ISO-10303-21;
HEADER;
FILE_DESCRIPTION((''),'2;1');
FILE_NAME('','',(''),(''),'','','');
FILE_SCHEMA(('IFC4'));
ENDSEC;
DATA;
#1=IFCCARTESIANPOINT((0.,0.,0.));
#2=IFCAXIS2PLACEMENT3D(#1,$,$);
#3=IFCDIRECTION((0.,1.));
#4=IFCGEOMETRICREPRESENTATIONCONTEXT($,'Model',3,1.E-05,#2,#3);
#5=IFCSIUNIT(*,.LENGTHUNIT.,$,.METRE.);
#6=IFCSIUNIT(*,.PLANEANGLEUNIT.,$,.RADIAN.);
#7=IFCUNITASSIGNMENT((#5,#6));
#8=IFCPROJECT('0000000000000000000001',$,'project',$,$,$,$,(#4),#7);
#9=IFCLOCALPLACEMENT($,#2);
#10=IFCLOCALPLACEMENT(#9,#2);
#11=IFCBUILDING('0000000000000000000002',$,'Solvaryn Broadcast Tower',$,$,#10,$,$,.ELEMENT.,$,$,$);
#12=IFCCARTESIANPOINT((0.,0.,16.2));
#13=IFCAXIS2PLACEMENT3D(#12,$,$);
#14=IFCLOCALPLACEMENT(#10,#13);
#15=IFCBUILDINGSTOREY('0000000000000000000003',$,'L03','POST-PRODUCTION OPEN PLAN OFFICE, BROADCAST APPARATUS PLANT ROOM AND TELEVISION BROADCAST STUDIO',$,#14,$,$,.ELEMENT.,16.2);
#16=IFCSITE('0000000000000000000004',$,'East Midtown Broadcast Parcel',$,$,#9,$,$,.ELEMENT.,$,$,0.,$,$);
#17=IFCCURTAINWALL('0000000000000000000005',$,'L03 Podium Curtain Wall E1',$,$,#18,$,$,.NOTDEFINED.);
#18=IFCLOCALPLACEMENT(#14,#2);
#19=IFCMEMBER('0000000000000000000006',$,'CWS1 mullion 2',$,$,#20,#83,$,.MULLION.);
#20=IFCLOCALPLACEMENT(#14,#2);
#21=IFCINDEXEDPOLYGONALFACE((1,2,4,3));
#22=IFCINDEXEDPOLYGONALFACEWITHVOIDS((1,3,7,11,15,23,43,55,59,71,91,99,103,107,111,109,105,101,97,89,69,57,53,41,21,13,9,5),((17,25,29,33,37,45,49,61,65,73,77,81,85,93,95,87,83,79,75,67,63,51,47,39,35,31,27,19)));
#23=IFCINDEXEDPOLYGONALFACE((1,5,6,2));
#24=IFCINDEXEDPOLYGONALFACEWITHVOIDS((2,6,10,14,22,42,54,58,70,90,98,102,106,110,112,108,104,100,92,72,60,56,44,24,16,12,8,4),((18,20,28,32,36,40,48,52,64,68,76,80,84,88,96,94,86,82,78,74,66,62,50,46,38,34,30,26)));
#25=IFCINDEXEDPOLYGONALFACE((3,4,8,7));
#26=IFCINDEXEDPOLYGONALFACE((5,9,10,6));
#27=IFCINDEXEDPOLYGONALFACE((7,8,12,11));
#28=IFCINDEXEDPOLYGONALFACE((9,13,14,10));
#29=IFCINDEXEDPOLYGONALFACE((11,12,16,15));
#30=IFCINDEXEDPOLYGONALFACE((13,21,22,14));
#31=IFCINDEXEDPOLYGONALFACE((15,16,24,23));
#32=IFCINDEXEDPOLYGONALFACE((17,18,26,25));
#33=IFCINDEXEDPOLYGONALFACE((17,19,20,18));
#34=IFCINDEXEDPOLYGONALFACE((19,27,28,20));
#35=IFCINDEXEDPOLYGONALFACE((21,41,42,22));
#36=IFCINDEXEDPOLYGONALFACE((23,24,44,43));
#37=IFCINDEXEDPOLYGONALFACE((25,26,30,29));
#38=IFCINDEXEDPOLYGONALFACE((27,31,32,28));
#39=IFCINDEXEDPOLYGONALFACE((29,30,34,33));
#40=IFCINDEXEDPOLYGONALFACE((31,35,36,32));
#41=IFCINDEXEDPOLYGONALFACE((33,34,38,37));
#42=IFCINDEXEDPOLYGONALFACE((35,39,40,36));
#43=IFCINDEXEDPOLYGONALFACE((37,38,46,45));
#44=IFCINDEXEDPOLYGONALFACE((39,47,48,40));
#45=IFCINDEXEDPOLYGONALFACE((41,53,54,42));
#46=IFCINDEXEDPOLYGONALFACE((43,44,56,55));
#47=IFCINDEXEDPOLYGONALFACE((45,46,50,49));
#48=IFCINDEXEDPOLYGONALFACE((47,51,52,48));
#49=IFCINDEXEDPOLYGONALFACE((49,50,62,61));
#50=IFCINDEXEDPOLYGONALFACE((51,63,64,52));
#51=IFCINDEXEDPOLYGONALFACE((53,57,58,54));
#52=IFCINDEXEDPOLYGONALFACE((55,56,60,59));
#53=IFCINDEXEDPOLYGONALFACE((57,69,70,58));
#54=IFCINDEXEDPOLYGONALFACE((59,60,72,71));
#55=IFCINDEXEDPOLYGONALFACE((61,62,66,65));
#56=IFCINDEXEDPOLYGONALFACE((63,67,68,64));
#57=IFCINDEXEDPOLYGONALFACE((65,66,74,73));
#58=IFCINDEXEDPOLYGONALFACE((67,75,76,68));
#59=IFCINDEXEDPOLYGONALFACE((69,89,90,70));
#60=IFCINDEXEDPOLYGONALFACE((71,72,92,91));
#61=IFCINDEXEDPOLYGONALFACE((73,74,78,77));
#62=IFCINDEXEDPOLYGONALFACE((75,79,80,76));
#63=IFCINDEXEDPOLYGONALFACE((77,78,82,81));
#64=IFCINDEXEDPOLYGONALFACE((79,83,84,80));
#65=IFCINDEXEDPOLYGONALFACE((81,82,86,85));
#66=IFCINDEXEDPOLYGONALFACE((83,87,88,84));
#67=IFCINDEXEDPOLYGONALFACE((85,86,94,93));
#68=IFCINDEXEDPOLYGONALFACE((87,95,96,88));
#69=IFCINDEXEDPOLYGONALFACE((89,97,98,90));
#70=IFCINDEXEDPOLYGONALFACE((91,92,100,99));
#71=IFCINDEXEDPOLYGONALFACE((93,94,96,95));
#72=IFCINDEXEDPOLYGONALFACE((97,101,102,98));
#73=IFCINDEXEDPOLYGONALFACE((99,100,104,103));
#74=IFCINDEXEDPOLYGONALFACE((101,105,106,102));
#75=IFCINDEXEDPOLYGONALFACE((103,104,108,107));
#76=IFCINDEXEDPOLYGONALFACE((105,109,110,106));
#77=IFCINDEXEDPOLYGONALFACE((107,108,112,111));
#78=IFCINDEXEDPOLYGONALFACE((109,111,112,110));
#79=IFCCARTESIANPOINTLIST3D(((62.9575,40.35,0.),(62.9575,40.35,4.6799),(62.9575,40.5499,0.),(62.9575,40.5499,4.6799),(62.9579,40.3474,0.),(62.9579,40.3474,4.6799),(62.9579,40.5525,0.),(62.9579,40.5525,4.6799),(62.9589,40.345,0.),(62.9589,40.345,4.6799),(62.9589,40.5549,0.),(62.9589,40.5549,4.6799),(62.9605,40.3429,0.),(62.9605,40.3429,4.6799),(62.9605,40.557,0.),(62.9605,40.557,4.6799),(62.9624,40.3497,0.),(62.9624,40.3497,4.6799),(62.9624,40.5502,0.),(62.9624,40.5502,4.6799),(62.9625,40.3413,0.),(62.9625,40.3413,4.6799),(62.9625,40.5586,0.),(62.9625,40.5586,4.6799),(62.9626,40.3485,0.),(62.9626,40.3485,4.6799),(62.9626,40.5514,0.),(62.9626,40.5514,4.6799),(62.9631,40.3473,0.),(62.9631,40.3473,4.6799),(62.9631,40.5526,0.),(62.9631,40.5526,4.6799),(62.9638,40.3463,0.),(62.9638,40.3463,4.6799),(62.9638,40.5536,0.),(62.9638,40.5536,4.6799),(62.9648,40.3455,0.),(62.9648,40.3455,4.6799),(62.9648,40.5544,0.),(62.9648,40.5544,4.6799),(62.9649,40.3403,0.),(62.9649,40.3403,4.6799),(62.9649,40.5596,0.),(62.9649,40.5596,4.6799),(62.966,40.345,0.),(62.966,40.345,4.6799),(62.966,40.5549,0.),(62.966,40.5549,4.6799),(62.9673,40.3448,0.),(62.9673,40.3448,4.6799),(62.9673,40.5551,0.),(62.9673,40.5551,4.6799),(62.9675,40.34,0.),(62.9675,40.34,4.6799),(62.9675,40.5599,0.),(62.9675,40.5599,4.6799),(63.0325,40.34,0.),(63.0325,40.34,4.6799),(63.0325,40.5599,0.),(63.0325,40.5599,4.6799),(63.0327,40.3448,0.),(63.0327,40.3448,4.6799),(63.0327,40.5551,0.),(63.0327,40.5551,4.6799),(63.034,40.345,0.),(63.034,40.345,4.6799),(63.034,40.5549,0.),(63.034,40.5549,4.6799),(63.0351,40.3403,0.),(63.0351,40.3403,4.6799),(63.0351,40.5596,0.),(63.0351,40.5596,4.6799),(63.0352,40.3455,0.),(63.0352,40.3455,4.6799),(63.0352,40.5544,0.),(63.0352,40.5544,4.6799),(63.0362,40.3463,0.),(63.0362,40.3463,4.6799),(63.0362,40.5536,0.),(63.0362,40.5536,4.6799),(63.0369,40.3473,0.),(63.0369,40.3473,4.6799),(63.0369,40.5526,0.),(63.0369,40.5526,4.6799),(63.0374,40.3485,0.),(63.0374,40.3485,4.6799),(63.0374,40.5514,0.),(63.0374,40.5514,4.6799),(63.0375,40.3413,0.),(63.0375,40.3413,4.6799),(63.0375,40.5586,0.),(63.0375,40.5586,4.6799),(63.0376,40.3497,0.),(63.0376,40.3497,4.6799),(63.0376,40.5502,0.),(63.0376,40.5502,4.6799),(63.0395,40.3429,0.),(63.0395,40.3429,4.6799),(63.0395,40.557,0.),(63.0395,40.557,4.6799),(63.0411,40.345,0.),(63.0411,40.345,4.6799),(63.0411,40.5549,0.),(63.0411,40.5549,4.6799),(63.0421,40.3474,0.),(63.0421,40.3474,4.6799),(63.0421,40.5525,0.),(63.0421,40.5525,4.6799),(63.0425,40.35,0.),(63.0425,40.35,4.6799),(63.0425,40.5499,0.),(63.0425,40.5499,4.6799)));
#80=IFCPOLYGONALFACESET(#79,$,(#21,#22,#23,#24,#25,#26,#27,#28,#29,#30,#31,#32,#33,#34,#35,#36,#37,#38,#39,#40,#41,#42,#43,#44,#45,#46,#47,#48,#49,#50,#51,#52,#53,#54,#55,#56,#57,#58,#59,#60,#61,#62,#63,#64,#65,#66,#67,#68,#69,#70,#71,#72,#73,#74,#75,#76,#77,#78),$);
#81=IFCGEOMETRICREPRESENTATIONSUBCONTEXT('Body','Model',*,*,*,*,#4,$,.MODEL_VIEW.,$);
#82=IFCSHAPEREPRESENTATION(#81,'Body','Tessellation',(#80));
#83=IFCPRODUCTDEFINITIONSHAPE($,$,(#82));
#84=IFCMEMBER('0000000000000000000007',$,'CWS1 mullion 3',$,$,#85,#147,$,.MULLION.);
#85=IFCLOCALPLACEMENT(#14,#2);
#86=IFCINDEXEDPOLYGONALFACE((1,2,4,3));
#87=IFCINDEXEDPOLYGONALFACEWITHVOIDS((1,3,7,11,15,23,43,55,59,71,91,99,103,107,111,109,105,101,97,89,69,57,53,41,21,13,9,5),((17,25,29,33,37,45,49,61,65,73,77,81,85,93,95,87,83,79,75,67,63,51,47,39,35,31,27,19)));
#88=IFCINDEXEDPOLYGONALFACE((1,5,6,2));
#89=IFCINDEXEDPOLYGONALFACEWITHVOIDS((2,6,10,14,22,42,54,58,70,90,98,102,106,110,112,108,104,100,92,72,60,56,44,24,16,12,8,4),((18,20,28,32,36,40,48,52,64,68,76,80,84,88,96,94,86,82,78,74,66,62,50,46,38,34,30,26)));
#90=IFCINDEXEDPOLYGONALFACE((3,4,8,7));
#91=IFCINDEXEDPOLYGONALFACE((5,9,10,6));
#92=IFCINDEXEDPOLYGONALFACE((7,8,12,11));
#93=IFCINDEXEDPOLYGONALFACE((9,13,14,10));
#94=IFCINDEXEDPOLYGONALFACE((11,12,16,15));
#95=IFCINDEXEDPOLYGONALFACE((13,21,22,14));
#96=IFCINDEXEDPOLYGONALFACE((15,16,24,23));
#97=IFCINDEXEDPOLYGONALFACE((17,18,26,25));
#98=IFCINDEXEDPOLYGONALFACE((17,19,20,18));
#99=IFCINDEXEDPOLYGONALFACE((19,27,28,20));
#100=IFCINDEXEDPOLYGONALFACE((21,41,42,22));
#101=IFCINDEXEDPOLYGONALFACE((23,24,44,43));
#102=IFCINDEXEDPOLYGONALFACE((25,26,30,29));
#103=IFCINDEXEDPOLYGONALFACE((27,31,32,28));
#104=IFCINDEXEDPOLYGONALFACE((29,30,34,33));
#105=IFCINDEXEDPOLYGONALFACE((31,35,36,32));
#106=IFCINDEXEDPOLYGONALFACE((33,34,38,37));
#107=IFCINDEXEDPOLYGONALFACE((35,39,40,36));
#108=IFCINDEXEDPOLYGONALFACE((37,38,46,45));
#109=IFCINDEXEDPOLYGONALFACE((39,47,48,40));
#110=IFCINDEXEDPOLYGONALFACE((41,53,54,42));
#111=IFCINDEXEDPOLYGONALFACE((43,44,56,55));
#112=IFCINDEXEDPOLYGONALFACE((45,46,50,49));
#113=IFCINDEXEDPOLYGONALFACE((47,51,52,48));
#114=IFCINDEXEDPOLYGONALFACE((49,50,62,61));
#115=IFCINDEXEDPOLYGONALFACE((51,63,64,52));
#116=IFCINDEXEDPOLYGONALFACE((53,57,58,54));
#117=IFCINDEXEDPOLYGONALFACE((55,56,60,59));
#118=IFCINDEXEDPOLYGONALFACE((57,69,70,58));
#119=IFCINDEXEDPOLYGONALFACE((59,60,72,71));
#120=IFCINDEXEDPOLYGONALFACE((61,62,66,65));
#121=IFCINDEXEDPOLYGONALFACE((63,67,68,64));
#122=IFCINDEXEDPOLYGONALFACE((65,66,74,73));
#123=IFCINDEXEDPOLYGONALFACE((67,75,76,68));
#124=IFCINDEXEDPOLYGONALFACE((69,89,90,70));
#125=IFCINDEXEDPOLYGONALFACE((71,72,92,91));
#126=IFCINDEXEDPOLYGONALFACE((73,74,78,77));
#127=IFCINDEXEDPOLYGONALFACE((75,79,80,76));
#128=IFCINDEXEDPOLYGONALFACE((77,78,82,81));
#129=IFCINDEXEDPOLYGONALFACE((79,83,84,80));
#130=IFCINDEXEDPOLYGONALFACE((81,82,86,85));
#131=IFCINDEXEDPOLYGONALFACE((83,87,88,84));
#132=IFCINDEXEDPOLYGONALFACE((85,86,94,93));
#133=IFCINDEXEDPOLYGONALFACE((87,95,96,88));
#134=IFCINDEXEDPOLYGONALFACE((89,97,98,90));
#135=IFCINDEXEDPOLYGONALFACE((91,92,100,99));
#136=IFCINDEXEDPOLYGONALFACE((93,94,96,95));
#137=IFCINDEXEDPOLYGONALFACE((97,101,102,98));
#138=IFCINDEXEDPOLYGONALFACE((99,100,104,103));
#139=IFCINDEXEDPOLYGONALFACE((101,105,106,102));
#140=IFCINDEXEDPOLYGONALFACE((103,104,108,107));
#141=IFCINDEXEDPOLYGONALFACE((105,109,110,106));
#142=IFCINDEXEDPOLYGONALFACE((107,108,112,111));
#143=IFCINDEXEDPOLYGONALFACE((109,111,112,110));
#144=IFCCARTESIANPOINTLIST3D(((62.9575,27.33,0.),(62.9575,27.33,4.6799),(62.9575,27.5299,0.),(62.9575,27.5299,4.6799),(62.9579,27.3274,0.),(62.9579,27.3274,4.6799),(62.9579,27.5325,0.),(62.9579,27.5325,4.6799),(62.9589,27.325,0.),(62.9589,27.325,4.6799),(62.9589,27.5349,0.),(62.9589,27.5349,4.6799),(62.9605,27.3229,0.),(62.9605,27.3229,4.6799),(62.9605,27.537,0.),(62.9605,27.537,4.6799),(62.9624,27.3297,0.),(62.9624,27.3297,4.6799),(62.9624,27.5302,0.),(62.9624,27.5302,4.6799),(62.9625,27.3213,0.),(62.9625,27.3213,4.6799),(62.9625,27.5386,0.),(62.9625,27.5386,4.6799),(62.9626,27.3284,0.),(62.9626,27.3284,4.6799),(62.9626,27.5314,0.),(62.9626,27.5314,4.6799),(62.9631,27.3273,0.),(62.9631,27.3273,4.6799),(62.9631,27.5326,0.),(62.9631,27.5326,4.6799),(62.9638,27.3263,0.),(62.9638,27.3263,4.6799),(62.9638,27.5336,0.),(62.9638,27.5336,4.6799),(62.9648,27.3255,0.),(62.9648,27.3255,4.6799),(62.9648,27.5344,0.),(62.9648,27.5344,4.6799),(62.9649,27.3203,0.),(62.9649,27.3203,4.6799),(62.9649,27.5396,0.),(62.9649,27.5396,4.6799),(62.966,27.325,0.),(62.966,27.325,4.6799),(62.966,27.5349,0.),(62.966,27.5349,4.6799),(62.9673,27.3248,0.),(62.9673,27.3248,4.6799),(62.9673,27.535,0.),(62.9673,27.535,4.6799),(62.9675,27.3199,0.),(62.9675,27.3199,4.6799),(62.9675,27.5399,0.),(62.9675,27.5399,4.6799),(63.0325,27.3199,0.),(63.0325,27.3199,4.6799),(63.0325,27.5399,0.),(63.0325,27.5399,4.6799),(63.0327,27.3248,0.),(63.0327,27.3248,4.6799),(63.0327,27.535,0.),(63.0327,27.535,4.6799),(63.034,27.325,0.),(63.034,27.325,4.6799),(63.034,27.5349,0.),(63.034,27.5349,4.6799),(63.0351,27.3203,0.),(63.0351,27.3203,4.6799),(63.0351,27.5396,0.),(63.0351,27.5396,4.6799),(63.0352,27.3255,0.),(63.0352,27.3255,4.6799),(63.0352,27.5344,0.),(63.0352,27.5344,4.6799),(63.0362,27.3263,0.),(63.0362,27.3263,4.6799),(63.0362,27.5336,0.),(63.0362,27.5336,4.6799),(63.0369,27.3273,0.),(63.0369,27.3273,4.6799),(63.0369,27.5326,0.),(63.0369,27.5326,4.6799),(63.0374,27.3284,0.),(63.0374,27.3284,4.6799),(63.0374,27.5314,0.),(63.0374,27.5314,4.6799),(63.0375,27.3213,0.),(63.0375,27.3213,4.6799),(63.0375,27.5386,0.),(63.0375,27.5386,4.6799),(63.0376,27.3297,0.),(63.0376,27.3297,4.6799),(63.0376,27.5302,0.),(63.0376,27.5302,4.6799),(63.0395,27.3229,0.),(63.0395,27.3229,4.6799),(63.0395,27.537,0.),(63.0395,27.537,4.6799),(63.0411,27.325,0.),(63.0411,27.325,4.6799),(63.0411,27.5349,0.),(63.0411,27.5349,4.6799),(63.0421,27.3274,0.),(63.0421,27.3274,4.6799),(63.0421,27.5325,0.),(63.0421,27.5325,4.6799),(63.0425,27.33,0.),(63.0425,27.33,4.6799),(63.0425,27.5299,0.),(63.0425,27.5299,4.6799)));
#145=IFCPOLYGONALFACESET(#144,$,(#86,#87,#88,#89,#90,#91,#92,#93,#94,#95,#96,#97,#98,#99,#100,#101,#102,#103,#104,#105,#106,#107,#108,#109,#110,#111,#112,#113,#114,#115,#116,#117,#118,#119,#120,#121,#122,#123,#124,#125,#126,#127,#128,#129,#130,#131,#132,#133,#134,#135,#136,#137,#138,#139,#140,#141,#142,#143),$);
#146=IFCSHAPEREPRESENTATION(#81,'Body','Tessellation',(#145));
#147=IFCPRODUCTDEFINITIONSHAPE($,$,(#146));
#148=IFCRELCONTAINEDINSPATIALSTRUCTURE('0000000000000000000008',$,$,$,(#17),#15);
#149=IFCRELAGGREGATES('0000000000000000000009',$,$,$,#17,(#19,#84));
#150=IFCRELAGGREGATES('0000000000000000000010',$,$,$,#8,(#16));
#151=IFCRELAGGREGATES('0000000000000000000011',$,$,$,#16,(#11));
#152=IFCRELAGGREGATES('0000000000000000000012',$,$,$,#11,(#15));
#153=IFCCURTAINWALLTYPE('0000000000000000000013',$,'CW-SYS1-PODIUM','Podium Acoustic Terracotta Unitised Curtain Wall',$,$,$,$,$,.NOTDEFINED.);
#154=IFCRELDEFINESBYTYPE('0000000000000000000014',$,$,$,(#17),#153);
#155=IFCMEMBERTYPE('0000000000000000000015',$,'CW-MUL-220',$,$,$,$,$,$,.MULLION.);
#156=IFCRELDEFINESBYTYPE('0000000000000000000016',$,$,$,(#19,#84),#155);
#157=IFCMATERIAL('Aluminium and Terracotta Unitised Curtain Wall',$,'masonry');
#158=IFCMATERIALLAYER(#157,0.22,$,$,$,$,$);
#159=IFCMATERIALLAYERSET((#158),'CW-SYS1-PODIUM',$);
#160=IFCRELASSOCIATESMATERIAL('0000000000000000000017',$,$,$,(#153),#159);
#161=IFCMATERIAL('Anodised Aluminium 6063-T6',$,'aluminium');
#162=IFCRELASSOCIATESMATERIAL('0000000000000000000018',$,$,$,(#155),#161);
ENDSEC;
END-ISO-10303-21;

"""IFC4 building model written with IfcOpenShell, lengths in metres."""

from ifc_helpers import new_model, si_unit, direction, frame, origin, origin_2d, place, context, subcontext, project, spatial, hollow_rectangle, extrude, material, layer, layer_set, material_profile, profile_set, type_object, element, aggregate, save


model = new_model("IFC4")

# Units and contexts
model_context = context("Model", 3, precision=1e-05, world=origin(), true_north=direction((0.0, 1.0)))
body_context = subcontext(model_context, "Body", "Model", "MODEL_VIEW")
ifc_project = project(units=[si_unit("LENGTHUNIT", "METRE"), si_unit("PLANEANGLEUNIT", "RADIAN")], contexts=[model_context])

# Site, building, storey
site_placement = place(None, origin())
site = spatial("IfcSite", under=ifc_project, at=site_placement, Name="East Midtown Broadcast Parcel", CompositionType="ELEMENT", RefElevation=0.0)
building_placement = place(site_placement, origin())
building = spatial("IfcBuilding", under=site, at=building_placement, Name="Solvaryn Broadcast Tower", CompositionType="ELEMENT")
storey_placement = place(building_placement, frame((0.0, 0.0, 16.2)))
storey = spatial("IfcBuildingStorey", under=building, at=storey_placement, Name="L03", Description="POST-PRODUCTION OPEN PLAN OFFICE, BROADCAST APPARATUS PLANT ROOM AND TELEVISION BROADCAST STUDIO", CompositionType="ELEMENT", Elevation=16.2)

# Curtain wall, members
ifc_material_1 = material(Name="Aluminium and Terracotta Unitised Curtain Wall", Category="masonry")
ifc_layer_1 = layer(ifc_material_1, 0.22)
ifc_layer_set_1 = layer_set([ifc_layer_1], Name="CW-SYS1-PODIUM")
curtain_wall_type = type_object("IfcCurtainWallType", Name="CW-SYS1-PODIUM", Description="Podium Acoustic Terracotta Unitised Curtain Wall", PredefinedType="NOTDEFINED", material=ifc_layer_set_1)
curtain_wall_1_placement = place(storey_placement, origin())
curtain_wall_1 = element("IfcCurtainWall", 1, at=curtain_wall_1_placement, inside=storey, type_object=curtain_wall_type, Name="L03 Podium Curtain Wall E1", PredefinedType="NOTDEFINED")
ifc_material_2 = material(Name="Anodised Aluminium 6063-T6", Category="aluminium")
ifc_material_profile_1 = material_profile(ifc_material_2, hollow_rectangle(XDim=0.085, YDim=0.22, WallThickness=0.0049, InnerFilletRadius=0.0049, OuterFilletRadius=0.01, at=origin_2d()))
ifc_profile_set_1 = profile_set([ifc_material_profile_1], Name="Anodised Aluminium 6063-T6")
member_type_1 = type_object("IfcMemberType", Name="CW-MUL-220", PredefinedType="MULLION", material=ifc_profile_set_1)
member_1_placement = place(storey_placement, frame((63.0, 40.45, 0.0), z_axis=(0.0, 0.0, 1.0), x_axis=(1.0, 0.0, 0.0)))
member_1 = element("IfcMember", 2, at=member_1_placement, type_object=member_type_1, Name="CWS1 mullion 2", PredefinedType="MULLION", context=body_context, shape_type="SweptSolid", body=[
    extrude(hollow_rectangle(XDim=0.085, YDim=0.22, WallThickness=0.0049, InnerFilletRadius=0.0049, OuterFilletRadius=0.01, at=origin_2d()), origin(), (0.0, 0.0, 1.0), 4.6799),
])
member_2_placement = place(storey_placement, frame((63.0, 27.4299, 0.0), z_axis=(0.0, 0.0, 1.0), x_axis=(1.0, 0.0, 0.0)))
member_2 = element("IfcMember", 3, at=member_2_placement, type_object=member_type_1, Name="CWS1 mullion 3", PredefinedType="MULLION", context=body_context, shape_type="SweptSolid", body=[
    extrude(hollow_rectangle(XDim=0.085, YDim=0.22, WallThickness=0.0049, InnerFilletRadius=0.0049, OuterFilletRadius=0.01, at=origin_2d()), origin(), (0.0, 0.0, 1.0), 4.6799),
])

aggregate(curtain_wall_1, [member_1, member_2])

save(model, "model.ifc")
